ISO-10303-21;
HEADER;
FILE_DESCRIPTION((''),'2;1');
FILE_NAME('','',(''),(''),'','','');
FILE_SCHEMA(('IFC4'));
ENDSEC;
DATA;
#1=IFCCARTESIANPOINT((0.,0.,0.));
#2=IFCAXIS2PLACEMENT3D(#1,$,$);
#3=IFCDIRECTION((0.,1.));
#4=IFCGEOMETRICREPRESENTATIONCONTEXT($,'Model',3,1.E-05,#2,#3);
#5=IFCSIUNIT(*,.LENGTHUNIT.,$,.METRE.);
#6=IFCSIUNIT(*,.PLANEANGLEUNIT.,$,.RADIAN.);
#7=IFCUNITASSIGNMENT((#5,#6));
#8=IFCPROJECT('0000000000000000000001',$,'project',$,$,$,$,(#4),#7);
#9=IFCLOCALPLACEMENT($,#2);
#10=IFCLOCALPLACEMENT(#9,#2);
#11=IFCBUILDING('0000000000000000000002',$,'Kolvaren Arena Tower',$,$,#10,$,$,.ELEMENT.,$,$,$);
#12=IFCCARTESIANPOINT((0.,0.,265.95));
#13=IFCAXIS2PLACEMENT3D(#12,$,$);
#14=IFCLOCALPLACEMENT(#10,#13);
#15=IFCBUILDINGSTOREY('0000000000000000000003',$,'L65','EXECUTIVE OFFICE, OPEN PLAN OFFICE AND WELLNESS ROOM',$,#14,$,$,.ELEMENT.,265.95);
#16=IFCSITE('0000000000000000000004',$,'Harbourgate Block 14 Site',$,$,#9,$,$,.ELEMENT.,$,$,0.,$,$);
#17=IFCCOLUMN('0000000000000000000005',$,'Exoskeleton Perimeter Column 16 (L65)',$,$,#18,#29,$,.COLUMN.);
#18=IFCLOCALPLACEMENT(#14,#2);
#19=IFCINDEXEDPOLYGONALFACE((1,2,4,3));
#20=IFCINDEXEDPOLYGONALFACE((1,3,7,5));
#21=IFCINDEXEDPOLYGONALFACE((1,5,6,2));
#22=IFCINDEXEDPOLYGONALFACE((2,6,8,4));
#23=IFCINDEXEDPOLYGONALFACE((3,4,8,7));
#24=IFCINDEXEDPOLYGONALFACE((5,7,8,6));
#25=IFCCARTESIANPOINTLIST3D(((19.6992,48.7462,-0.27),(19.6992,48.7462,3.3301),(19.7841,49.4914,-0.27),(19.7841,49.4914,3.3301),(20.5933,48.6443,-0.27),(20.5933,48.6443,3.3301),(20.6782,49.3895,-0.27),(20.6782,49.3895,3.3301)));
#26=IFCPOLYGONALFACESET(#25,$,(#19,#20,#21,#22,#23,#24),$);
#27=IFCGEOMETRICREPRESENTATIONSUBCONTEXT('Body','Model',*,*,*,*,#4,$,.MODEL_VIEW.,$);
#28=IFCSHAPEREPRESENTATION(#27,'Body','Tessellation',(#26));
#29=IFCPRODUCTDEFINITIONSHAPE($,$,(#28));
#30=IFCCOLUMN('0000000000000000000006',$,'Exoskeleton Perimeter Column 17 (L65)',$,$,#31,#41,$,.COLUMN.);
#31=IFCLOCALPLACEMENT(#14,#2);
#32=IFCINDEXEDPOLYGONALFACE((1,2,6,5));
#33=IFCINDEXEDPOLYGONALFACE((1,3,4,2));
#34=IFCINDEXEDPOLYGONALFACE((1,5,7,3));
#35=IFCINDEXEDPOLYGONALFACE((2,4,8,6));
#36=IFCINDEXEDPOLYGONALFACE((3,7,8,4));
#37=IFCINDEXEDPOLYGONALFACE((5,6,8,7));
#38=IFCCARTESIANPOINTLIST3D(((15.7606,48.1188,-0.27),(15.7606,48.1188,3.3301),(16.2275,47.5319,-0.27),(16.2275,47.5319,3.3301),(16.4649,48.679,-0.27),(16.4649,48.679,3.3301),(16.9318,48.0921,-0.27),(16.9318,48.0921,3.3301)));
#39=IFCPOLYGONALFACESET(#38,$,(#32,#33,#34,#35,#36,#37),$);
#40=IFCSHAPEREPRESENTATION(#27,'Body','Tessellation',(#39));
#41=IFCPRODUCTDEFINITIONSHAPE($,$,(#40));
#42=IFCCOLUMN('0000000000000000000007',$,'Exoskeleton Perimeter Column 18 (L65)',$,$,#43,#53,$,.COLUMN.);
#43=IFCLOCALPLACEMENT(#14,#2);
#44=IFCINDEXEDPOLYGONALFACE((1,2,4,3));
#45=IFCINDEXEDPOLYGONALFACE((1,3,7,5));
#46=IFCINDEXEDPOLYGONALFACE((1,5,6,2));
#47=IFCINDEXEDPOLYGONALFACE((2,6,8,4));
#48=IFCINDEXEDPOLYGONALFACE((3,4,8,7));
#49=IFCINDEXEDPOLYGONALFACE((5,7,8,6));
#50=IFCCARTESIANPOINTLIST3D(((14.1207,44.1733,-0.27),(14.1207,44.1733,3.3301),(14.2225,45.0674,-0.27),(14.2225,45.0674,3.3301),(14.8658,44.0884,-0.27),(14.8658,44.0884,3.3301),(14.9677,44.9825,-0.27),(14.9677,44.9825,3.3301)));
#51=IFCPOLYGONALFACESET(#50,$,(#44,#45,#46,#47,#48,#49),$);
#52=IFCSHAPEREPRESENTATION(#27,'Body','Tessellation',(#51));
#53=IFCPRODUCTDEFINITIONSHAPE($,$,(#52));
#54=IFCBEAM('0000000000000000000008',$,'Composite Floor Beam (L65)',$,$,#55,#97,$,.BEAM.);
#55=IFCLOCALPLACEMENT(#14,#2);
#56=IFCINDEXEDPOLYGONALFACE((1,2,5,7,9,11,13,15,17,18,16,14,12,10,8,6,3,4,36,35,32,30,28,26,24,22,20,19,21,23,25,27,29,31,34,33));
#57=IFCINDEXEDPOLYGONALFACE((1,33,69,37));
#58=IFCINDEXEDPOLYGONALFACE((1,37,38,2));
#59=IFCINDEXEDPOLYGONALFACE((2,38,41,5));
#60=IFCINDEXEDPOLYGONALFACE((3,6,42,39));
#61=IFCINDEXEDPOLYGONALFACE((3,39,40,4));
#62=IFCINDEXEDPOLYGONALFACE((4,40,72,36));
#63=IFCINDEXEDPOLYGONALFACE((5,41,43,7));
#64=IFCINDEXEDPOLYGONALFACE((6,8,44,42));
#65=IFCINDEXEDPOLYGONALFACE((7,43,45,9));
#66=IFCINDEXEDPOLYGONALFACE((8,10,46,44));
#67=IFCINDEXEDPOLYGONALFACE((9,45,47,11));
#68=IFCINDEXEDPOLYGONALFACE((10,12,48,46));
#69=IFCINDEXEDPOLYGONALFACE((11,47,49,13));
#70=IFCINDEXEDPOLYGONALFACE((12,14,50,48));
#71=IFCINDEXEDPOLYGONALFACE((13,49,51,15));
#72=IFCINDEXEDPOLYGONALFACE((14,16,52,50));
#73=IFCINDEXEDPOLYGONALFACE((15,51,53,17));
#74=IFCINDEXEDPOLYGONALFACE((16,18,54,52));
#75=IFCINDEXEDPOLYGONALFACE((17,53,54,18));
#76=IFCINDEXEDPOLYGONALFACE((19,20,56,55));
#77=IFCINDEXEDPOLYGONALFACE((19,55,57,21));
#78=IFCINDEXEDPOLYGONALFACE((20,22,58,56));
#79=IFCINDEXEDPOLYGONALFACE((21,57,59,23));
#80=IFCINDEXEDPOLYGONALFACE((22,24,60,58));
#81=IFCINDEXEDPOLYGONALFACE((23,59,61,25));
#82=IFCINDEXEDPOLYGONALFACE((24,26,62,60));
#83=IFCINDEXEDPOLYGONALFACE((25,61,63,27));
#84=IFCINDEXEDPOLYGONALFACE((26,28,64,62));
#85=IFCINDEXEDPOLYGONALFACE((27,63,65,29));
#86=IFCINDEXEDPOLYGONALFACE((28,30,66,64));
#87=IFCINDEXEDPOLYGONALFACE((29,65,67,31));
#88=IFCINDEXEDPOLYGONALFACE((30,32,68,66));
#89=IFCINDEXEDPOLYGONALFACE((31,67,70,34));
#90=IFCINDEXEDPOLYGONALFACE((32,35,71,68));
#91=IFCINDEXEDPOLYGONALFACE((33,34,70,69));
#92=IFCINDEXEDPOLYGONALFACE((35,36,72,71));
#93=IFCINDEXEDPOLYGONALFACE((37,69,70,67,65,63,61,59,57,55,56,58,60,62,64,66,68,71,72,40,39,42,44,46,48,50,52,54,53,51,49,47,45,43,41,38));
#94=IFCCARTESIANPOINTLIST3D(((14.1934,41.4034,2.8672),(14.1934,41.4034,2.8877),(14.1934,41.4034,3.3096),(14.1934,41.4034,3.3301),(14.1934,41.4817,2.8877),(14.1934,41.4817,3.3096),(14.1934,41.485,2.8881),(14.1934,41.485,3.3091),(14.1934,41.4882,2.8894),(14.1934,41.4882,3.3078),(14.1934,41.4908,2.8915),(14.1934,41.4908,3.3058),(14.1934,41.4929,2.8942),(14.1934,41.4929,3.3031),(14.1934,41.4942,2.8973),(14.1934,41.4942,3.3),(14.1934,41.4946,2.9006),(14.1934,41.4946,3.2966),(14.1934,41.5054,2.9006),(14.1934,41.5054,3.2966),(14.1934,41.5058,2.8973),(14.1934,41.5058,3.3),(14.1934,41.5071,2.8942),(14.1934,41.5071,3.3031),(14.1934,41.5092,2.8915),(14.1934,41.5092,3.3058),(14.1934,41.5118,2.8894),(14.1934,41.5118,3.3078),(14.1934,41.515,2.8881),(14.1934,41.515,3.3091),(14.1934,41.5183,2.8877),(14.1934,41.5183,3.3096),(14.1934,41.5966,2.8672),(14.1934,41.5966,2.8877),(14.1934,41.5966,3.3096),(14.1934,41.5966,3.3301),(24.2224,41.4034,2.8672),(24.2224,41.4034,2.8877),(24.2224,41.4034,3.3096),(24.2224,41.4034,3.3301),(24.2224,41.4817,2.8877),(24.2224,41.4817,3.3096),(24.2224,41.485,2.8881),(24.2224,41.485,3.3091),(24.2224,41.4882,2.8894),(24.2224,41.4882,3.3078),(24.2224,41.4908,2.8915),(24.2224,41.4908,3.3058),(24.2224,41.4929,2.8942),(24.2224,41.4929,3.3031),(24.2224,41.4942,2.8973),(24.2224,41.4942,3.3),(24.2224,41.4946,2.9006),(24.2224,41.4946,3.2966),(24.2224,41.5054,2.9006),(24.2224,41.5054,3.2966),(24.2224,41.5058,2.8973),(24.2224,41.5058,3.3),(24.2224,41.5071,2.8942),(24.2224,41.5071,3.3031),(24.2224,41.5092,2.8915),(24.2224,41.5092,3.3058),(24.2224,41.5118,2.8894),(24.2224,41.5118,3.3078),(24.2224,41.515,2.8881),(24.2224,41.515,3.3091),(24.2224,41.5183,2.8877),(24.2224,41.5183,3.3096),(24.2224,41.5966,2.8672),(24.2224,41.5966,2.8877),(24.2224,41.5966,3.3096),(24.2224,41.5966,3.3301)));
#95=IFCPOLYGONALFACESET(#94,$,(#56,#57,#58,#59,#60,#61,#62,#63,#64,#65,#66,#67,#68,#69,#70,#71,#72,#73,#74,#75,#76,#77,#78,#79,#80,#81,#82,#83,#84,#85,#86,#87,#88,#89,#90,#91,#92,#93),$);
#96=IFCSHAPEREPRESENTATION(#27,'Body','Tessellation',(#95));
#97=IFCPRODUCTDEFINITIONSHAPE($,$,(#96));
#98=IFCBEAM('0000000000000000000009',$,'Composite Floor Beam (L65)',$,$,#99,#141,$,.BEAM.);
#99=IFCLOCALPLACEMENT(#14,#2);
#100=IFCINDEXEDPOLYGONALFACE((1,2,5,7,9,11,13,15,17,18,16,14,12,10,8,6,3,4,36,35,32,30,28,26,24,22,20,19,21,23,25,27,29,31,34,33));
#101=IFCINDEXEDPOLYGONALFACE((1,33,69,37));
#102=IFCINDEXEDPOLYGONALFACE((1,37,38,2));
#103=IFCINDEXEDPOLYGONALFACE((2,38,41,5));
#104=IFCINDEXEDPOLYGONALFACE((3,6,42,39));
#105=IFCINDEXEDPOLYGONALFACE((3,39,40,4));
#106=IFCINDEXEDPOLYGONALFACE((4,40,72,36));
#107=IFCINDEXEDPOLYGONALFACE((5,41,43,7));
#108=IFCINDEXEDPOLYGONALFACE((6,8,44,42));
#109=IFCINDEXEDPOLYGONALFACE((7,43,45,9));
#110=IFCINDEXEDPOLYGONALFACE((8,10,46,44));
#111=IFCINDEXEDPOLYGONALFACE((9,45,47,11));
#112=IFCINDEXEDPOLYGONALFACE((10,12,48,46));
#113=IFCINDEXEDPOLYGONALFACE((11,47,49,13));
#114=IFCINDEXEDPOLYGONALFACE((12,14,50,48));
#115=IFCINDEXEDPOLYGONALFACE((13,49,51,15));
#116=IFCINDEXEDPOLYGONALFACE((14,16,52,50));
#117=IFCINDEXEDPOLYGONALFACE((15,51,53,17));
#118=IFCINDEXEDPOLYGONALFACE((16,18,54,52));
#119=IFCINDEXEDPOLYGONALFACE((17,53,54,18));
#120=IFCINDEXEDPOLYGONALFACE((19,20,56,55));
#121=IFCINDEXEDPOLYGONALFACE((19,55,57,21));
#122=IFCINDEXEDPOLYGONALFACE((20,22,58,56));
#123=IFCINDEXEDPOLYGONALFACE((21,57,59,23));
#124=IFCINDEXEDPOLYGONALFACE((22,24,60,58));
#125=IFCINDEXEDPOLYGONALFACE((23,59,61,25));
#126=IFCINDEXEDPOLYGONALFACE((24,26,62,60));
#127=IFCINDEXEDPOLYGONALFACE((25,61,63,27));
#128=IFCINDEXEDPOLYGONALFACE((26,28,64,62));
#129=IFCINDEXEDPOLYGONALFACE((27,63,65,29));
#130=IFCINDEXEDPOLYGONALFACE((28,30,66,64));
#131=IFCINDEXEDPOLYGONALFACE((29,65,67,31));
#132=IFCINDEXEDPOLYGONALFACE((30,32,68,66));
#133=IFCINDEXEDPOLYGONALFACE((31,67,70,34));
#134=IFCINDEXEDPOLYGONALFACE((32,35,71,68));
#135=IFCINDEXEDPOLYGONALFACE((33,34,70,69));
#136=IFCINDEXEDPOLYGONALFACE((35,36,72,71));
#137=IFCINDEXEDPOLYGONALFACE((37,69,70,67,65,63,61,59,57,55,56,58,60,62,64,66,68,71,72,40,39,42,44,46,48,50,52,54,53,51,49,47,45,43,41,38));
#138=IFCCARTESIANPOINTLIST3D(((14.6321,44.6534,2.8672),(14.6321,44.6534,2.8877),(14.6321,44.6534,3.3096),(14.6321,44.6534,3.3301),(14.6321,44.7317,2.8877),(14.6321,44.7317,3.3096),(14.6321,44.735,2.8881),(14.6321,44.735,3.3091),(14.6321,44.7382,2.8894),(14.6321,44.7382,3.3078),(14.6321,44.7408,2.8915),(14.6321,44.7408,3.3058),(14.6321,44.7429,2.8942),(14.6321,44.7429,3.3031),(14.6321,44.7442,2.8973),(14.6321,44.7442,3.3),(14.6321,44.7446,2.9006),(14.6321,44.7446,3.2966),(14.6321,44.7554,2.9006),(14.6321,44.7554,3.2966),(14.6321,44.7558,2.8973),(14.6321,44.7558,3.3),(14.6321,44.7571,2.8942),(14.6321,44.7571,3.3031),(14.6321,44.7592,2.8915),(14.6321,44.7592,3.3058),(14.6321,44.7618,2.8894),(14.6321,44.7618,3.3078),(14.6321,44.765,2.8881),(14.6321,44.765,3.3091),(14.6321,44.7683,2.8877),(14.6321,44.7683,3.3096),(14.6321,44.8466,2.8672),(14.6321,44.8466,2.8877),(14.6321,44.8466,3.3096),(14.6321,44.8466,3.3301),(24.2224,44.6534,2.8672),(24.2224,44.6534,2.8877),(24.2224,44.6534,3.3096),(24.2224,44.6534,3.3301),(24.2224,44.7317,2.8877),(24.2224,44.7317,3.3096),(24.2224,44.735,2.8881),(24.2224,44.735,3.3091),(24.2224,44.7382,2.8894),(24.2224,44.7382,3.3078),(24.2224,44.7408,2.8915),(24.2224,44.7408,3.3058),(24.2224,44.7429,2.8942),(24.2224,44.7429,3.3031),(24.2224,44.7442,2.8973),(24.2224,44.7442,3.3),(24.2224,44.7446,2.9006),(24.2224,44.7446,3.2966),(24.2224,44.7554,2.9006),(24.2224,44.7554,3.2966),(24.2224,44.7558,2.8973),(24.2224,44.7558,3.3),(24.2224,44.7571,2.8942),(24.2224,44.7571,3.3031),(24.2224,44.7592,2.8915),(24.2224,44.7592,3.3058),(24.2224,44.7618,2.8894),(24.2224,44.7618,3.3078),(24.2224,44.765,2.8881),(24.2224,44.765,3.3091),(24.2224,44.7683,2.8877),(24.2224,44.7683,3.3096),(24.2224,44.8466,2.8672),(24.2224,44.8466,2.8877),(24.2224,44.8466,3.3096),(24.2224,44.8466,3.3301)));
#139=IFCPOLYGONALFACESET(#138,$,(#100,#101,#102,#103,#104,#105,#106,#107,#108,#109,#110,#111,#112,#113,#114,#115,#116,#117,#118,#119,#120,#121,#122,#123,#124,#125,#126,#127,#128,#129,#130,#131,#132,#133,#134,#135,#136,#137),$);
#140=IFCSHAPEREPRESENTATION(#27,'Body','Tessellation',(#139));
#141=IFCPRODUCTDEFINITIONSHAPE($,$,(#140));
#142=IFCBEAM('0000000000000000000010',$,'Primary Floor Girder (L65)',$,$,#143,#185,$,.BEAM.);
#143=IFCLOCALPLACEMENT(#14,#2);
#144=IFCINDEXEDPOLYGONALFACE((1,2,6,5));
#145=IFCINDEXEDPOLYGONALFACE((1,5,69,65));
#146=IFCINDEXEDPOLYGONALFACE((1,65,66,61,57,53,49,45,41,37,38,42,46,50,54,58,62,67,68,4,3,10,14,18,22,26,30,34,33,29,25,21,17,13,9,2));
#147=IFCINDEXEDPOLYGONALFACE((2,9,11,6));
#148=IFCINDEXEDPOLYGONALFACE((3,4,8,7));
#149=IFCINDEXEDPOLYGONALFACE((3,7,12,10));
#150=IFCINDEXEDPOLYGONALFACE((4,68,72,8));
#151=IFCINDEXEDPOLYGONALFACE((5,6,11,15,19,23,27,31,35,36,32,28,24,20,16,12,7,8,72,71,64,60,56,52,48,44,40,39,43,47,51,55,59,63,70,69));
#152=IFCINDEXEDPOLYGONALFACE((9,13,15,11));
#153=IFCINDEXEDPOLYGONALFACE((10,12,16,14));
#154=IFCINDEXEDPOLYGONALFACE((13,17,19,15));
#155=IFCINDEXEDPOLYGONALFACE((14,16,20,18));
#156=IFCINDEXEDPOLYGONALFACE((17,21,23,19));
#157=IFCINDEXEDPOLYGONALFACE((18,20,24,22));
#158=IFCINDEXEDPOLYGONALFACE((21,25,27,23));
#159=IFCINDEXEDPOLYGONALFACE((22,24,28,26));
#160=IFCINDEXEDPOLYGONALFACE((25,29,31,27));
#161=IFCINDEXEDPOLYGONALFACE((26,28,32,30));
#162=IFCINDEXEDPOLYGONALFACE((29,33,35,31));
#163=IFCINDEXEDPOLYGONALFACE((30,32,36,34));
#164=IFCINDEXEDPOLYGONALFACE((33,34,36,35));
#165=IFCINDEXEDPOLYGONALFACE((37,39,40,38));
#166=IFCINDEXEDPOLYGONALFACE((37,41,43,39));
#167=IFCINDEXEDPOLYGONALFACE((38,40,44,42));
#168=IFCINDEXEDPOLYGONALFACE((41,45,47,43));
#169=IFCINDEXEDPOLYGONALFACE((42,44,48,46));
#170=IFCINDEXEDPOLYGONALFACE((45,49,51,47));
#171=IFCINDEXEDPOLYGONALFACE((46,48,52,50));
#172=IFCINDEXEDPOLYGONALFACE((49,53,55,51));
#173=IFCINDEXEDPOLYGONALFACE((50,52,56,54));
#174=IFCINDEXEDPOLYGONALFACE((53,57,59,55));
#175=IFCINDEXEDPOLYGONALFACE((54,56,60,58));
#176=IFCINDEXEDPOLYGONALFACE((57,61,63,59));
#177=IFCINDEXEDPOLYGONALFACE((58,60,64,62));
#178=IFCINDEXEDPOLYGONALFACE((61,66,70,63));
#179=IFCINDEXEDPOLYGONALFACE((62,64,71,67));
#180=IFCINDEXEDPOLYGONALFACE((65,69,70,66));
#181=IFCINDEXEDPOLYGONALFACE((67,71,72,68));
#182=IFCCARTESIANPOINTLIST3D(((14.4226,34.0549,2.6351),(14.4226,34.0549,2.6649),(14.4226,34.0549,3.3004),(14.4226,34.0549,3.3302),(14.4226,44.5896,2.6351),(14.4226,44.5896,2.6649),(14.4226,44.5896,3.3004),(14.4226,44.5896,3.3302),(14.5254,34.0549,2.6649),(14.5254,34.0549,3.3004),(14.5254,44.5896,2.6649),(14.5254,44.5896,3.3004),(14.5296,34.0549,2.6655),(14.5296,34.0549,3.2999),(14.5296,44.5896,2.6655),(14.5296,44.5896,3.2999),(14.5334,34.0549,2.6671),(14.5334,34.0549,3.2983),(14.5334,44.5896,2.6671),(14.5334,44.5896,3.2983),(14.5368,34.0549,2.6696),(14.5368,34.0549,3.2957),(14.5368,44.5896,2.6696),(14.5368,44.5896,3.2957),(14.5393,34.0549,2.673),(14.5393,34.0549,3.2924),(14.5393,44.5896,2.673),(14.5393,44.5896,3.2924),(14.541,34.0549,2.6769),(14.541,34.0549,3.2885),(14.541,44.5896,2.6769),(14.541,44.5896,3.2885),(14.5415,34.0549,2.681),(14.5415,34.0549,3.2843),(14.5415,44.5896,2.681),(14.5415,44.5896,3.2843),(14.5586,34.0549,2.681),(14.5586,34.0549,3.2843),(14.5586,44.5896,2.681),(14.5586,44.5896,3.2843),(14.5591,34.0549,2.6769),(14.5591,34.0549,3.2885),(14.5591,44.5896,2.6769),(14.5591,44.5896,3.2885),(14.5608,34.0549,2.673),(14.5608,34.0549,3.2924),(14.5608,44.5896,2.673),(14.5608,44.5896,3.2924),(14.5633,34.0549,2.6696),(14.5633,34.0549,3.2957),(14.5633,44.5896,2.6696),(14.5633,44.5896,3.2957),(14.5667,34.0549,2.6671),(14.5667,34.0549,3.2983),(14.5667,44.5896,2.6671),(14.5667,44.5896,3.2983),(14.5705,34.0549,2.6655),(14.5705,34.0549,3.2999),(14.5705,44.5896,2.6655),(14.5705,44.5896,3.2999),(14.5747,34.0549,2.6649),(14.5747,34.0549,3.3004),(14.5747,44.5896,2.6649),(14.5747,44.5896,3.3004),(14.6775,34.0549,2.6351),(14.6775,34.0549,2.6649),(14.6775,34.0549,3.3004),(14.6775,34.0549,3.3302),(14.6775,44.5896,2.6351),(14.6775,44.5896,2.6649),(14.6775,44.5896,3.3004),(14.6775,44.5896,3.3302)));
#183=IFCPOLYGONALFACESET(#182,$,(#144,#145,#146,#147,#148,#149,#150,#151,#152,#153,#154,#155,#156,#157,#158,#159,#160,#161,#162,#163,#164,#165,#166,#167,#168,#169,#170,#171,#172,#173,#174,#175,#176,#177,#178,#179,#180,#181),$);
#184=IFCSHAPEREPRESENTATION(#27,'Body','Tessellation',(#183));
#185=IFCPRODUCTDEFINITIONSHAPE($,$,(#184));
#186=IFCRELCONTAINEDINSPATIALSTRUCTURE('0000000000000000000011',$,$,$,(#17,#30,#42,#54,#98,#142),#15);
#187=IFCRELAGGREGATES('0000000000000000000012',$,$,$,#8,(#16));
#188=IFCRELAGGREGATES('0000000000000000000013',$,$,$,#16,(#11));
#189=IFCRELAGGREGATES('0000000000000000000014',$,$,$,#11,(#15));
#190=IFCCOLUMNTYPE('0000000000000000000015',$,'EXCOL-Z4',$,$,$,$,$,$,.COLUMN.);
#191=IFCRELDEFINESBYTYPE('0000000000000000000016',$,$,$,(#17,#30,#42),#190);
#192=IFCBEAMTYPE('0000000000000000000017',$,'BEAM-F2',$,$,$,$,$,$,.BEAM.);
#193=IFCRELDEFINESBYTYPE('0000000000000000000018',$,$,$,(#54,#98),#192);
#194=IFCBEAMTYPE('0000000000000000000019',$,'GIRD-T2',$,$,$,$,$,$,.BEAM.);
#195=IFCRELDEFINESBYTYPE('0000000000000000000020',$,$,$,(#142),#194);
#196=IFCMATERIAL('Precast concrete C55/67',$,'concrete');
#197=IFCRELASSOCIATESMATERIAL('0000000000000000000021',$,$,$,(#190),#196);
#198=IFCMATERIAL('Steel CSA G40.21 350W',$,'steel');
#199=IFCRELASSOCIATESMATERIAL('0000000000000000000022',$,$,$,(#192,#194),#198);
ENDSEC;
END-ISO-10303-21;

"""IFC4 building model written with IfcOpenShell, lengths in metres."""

from ifc_helpers import new_model, si_unit, direction, frame, origin, origin_2d, place, context, subcontext, project, spatial, rectangle, i_section, extrude, material, material_profile, profile_set, type_object, element, save


model = new_model("IFC4")

# Units and contexts
model_context = context("Model", 3, precision=1e-05, world=origin(), true_north=direction((0.0, 1.0)))
body_context = subcontext(model_context, "Body", "Model", "MODEL_VIEW")
ifc_project = project(units=[si_unit("LENGTHUNIT", "METRE"), si_unit("PLANEANGLEUNIT", "RADIAN")], contexts=[model_context])

# Site, building, storey
site_placement = place(None, origin())
site = spatial("IfcSite", under=ifc_project, at=site_placement, Name="Harbourgate Block 14 Site", CompositionType="ELEMENT", RefElevation=0.0)
building_placement = place(site_placement, origin())
building = spatial("IfcBuilding", under=site, at=building_placement, Name="Kolvaren Arena Tower", CompositionType="ELEMENT")
storey_placement = place(building_placement, frame((0.0, 0.0, 265.95)))
storey = spatial("IfcBuildingStorey", under=building, at=storey_placement, Name="L65", Description="EXECUTIVE OFFICE, OPEN PLAN OFFICE AND WELLNESS ROOM", CompositionType="ELEMENT", Elevation=265.95)

# Columns
ifc_material_1 = material(Name="Precast concrete C55/67", Category="concrete")
ifc_material_profile_1 = material_profile(ifc_material_1, rectangle(XDim=0.8999, YDim=0.75, at=origin_2d()), Name="RC-900x750")
ifc_profile_set_1 = profile_set([ifc_material_profile_1], Name="Precast concrete C55/67")
column_type = type_object("IfcColumnType", Name="EXCOL-Z4", PredefinedType="COLUMN", material=ifc_profile_set_1)
for number, where, z_axis, x_axis, name in (
    (1, (20.1887, 49.0679, -0.27), (0.0, 0.0, 1.0), (0.993572, -0.113203, 0.0), "Exoskeleton Perimeter Column 16 (L65)"),
    (2, (16.3462, 48.1055, -0.27), (0.0, 0.0, 1.0), (0.782608, 0.622515, 0.0), "Exoskeleton Perimeter Column 17 (L65)"),
    (3, (14.5442, 44.5779, -0.27), (0.0, 0.0, 1.0), (0.113203, 0.993572, 0.0), "Exoskeleton Perimeter Column 18 (L65)"),
):
    element("IfcColumn", number, at=place(storey_placement, frame(where, z_axis=z_axis, x_axis=x_axis)), inside=storey, type_object=column_type, Name=name, PredefinedType="COLUMN", context=body_context, shape_type="SweptSolid", body=[
        extrude(rectangle(XDim=0.8999, YDim=0.75, at=origin_2d()), origin(), (0.0, 0.0, 1.0), 3.6001),
    ])

# Beams
ifc_material_2 = material(Name="Steel CSA G40.21 350W", Category="steel")
ifc_material_profile_2 = material_profile(ifc_material_2, i_section(OverallWidth=0.1931, OverallDepth=0.4629, WebThickness=0.0107, FlangeThickness=0.0205, FilletRadius=0.0129, at=origin_2d()), Name="W460x113")
ifc_profile_set_2 = profile_set([ifc_material_profile_2], Name="Steel CSA G40.21 350W")
beam_type_1 = type_object("IfcBeamType", Name="BEAM-F2", PredefinedType="BEAM", material=ifc_profile_set_2)
beam_1_placement = place(storey_placement, frame((14.1934, 41.5, 3.0986), z_axis=(1.0, 0.0, 0.0), x_axis=(0.0, 1.0, 0.0)))
element("IfcBeam", 4, at=beam_1_placement, inside=storey, type_object=beam_type_1, Name="Composite Floor Beam (L65)", PredefinedType="BEAM", context=body_context, shape_type="SweptSolid", body=[
    extrude(i_section(OverallWidth=0.1931, OverallDepth=0.4629, WebThickness=0.0107, FlangeThickness=0.0205, FilletRadius=0.0129, at=origin_2d()), origin(), (0.0, 0.0, 1.0), 10.0291),
])
beam_2_placement = place(storey_placement, frame((14.6321, 44.75, 3.0986), z_axis=(1.0, 0.0, 0.0), x_axis=(0.0, 1.0, 0.0)))
element("IfcBeam", 5, at=beam_2_placement, inside=storey, type_object=beam_type_1, Name="Composite Floor Beam (L65)", PredefinedType="BEAM", context=body_context, shape_type="SweptSolid", body=[
    extrude(i_section(OverallWidth=0.1931, OverallDepth=0.4629, WebThickness=0.0107, FlangeThickness=0.0205, FilletRadius=0.0129, at=origin_2d()), origin(), (0.0, 0.0, 1.0), 9.5903),
])
ifc_material_profile_3 = material_profile(ifc_material_2, i_section(OverallWidth=0.2549, OverallDepth=0.6951, WebThickness=0.0171, FlangeThickness=0.0298, FilletRadius=0.0161, at=origin_2d()), Name="W690x217")
ifc_profile_set_3 = profile_set([ifc_material_profile_3], Name="Steel CSA G40.21 350W")
beam_type_2 = type_object("IfcBeamType", Name="GIRD-T2", PredefinedType="BEAM", material=ifc_profile_set_3)
beam_3_placement = place(storey_placement, frame((14.55, 34.0549, 2.9827), z_axis=(0.0, 1.0, 0.0), x_axis=(-1.0, 0.0, 0.0)))
element("IfcBeam", 6, at=beam_3_placement, inside=storey, type_object=beam_type_2, Name="Primary Floor Girder (L65)", PredefinedType="BEAM", context=body_context, shape_type="SweptSolid", body=[
    extrude(i_section(OverallWidth=0.2549, OverallDepth=0.6951, WebThickness=0.0171, FlangeThickness=0.0298, FilletRadius=0.0161, at=origin_2d()), origin(), (0.0, 0.0, 1.0), 10.5347),
])

save(model, "model.ifc")
